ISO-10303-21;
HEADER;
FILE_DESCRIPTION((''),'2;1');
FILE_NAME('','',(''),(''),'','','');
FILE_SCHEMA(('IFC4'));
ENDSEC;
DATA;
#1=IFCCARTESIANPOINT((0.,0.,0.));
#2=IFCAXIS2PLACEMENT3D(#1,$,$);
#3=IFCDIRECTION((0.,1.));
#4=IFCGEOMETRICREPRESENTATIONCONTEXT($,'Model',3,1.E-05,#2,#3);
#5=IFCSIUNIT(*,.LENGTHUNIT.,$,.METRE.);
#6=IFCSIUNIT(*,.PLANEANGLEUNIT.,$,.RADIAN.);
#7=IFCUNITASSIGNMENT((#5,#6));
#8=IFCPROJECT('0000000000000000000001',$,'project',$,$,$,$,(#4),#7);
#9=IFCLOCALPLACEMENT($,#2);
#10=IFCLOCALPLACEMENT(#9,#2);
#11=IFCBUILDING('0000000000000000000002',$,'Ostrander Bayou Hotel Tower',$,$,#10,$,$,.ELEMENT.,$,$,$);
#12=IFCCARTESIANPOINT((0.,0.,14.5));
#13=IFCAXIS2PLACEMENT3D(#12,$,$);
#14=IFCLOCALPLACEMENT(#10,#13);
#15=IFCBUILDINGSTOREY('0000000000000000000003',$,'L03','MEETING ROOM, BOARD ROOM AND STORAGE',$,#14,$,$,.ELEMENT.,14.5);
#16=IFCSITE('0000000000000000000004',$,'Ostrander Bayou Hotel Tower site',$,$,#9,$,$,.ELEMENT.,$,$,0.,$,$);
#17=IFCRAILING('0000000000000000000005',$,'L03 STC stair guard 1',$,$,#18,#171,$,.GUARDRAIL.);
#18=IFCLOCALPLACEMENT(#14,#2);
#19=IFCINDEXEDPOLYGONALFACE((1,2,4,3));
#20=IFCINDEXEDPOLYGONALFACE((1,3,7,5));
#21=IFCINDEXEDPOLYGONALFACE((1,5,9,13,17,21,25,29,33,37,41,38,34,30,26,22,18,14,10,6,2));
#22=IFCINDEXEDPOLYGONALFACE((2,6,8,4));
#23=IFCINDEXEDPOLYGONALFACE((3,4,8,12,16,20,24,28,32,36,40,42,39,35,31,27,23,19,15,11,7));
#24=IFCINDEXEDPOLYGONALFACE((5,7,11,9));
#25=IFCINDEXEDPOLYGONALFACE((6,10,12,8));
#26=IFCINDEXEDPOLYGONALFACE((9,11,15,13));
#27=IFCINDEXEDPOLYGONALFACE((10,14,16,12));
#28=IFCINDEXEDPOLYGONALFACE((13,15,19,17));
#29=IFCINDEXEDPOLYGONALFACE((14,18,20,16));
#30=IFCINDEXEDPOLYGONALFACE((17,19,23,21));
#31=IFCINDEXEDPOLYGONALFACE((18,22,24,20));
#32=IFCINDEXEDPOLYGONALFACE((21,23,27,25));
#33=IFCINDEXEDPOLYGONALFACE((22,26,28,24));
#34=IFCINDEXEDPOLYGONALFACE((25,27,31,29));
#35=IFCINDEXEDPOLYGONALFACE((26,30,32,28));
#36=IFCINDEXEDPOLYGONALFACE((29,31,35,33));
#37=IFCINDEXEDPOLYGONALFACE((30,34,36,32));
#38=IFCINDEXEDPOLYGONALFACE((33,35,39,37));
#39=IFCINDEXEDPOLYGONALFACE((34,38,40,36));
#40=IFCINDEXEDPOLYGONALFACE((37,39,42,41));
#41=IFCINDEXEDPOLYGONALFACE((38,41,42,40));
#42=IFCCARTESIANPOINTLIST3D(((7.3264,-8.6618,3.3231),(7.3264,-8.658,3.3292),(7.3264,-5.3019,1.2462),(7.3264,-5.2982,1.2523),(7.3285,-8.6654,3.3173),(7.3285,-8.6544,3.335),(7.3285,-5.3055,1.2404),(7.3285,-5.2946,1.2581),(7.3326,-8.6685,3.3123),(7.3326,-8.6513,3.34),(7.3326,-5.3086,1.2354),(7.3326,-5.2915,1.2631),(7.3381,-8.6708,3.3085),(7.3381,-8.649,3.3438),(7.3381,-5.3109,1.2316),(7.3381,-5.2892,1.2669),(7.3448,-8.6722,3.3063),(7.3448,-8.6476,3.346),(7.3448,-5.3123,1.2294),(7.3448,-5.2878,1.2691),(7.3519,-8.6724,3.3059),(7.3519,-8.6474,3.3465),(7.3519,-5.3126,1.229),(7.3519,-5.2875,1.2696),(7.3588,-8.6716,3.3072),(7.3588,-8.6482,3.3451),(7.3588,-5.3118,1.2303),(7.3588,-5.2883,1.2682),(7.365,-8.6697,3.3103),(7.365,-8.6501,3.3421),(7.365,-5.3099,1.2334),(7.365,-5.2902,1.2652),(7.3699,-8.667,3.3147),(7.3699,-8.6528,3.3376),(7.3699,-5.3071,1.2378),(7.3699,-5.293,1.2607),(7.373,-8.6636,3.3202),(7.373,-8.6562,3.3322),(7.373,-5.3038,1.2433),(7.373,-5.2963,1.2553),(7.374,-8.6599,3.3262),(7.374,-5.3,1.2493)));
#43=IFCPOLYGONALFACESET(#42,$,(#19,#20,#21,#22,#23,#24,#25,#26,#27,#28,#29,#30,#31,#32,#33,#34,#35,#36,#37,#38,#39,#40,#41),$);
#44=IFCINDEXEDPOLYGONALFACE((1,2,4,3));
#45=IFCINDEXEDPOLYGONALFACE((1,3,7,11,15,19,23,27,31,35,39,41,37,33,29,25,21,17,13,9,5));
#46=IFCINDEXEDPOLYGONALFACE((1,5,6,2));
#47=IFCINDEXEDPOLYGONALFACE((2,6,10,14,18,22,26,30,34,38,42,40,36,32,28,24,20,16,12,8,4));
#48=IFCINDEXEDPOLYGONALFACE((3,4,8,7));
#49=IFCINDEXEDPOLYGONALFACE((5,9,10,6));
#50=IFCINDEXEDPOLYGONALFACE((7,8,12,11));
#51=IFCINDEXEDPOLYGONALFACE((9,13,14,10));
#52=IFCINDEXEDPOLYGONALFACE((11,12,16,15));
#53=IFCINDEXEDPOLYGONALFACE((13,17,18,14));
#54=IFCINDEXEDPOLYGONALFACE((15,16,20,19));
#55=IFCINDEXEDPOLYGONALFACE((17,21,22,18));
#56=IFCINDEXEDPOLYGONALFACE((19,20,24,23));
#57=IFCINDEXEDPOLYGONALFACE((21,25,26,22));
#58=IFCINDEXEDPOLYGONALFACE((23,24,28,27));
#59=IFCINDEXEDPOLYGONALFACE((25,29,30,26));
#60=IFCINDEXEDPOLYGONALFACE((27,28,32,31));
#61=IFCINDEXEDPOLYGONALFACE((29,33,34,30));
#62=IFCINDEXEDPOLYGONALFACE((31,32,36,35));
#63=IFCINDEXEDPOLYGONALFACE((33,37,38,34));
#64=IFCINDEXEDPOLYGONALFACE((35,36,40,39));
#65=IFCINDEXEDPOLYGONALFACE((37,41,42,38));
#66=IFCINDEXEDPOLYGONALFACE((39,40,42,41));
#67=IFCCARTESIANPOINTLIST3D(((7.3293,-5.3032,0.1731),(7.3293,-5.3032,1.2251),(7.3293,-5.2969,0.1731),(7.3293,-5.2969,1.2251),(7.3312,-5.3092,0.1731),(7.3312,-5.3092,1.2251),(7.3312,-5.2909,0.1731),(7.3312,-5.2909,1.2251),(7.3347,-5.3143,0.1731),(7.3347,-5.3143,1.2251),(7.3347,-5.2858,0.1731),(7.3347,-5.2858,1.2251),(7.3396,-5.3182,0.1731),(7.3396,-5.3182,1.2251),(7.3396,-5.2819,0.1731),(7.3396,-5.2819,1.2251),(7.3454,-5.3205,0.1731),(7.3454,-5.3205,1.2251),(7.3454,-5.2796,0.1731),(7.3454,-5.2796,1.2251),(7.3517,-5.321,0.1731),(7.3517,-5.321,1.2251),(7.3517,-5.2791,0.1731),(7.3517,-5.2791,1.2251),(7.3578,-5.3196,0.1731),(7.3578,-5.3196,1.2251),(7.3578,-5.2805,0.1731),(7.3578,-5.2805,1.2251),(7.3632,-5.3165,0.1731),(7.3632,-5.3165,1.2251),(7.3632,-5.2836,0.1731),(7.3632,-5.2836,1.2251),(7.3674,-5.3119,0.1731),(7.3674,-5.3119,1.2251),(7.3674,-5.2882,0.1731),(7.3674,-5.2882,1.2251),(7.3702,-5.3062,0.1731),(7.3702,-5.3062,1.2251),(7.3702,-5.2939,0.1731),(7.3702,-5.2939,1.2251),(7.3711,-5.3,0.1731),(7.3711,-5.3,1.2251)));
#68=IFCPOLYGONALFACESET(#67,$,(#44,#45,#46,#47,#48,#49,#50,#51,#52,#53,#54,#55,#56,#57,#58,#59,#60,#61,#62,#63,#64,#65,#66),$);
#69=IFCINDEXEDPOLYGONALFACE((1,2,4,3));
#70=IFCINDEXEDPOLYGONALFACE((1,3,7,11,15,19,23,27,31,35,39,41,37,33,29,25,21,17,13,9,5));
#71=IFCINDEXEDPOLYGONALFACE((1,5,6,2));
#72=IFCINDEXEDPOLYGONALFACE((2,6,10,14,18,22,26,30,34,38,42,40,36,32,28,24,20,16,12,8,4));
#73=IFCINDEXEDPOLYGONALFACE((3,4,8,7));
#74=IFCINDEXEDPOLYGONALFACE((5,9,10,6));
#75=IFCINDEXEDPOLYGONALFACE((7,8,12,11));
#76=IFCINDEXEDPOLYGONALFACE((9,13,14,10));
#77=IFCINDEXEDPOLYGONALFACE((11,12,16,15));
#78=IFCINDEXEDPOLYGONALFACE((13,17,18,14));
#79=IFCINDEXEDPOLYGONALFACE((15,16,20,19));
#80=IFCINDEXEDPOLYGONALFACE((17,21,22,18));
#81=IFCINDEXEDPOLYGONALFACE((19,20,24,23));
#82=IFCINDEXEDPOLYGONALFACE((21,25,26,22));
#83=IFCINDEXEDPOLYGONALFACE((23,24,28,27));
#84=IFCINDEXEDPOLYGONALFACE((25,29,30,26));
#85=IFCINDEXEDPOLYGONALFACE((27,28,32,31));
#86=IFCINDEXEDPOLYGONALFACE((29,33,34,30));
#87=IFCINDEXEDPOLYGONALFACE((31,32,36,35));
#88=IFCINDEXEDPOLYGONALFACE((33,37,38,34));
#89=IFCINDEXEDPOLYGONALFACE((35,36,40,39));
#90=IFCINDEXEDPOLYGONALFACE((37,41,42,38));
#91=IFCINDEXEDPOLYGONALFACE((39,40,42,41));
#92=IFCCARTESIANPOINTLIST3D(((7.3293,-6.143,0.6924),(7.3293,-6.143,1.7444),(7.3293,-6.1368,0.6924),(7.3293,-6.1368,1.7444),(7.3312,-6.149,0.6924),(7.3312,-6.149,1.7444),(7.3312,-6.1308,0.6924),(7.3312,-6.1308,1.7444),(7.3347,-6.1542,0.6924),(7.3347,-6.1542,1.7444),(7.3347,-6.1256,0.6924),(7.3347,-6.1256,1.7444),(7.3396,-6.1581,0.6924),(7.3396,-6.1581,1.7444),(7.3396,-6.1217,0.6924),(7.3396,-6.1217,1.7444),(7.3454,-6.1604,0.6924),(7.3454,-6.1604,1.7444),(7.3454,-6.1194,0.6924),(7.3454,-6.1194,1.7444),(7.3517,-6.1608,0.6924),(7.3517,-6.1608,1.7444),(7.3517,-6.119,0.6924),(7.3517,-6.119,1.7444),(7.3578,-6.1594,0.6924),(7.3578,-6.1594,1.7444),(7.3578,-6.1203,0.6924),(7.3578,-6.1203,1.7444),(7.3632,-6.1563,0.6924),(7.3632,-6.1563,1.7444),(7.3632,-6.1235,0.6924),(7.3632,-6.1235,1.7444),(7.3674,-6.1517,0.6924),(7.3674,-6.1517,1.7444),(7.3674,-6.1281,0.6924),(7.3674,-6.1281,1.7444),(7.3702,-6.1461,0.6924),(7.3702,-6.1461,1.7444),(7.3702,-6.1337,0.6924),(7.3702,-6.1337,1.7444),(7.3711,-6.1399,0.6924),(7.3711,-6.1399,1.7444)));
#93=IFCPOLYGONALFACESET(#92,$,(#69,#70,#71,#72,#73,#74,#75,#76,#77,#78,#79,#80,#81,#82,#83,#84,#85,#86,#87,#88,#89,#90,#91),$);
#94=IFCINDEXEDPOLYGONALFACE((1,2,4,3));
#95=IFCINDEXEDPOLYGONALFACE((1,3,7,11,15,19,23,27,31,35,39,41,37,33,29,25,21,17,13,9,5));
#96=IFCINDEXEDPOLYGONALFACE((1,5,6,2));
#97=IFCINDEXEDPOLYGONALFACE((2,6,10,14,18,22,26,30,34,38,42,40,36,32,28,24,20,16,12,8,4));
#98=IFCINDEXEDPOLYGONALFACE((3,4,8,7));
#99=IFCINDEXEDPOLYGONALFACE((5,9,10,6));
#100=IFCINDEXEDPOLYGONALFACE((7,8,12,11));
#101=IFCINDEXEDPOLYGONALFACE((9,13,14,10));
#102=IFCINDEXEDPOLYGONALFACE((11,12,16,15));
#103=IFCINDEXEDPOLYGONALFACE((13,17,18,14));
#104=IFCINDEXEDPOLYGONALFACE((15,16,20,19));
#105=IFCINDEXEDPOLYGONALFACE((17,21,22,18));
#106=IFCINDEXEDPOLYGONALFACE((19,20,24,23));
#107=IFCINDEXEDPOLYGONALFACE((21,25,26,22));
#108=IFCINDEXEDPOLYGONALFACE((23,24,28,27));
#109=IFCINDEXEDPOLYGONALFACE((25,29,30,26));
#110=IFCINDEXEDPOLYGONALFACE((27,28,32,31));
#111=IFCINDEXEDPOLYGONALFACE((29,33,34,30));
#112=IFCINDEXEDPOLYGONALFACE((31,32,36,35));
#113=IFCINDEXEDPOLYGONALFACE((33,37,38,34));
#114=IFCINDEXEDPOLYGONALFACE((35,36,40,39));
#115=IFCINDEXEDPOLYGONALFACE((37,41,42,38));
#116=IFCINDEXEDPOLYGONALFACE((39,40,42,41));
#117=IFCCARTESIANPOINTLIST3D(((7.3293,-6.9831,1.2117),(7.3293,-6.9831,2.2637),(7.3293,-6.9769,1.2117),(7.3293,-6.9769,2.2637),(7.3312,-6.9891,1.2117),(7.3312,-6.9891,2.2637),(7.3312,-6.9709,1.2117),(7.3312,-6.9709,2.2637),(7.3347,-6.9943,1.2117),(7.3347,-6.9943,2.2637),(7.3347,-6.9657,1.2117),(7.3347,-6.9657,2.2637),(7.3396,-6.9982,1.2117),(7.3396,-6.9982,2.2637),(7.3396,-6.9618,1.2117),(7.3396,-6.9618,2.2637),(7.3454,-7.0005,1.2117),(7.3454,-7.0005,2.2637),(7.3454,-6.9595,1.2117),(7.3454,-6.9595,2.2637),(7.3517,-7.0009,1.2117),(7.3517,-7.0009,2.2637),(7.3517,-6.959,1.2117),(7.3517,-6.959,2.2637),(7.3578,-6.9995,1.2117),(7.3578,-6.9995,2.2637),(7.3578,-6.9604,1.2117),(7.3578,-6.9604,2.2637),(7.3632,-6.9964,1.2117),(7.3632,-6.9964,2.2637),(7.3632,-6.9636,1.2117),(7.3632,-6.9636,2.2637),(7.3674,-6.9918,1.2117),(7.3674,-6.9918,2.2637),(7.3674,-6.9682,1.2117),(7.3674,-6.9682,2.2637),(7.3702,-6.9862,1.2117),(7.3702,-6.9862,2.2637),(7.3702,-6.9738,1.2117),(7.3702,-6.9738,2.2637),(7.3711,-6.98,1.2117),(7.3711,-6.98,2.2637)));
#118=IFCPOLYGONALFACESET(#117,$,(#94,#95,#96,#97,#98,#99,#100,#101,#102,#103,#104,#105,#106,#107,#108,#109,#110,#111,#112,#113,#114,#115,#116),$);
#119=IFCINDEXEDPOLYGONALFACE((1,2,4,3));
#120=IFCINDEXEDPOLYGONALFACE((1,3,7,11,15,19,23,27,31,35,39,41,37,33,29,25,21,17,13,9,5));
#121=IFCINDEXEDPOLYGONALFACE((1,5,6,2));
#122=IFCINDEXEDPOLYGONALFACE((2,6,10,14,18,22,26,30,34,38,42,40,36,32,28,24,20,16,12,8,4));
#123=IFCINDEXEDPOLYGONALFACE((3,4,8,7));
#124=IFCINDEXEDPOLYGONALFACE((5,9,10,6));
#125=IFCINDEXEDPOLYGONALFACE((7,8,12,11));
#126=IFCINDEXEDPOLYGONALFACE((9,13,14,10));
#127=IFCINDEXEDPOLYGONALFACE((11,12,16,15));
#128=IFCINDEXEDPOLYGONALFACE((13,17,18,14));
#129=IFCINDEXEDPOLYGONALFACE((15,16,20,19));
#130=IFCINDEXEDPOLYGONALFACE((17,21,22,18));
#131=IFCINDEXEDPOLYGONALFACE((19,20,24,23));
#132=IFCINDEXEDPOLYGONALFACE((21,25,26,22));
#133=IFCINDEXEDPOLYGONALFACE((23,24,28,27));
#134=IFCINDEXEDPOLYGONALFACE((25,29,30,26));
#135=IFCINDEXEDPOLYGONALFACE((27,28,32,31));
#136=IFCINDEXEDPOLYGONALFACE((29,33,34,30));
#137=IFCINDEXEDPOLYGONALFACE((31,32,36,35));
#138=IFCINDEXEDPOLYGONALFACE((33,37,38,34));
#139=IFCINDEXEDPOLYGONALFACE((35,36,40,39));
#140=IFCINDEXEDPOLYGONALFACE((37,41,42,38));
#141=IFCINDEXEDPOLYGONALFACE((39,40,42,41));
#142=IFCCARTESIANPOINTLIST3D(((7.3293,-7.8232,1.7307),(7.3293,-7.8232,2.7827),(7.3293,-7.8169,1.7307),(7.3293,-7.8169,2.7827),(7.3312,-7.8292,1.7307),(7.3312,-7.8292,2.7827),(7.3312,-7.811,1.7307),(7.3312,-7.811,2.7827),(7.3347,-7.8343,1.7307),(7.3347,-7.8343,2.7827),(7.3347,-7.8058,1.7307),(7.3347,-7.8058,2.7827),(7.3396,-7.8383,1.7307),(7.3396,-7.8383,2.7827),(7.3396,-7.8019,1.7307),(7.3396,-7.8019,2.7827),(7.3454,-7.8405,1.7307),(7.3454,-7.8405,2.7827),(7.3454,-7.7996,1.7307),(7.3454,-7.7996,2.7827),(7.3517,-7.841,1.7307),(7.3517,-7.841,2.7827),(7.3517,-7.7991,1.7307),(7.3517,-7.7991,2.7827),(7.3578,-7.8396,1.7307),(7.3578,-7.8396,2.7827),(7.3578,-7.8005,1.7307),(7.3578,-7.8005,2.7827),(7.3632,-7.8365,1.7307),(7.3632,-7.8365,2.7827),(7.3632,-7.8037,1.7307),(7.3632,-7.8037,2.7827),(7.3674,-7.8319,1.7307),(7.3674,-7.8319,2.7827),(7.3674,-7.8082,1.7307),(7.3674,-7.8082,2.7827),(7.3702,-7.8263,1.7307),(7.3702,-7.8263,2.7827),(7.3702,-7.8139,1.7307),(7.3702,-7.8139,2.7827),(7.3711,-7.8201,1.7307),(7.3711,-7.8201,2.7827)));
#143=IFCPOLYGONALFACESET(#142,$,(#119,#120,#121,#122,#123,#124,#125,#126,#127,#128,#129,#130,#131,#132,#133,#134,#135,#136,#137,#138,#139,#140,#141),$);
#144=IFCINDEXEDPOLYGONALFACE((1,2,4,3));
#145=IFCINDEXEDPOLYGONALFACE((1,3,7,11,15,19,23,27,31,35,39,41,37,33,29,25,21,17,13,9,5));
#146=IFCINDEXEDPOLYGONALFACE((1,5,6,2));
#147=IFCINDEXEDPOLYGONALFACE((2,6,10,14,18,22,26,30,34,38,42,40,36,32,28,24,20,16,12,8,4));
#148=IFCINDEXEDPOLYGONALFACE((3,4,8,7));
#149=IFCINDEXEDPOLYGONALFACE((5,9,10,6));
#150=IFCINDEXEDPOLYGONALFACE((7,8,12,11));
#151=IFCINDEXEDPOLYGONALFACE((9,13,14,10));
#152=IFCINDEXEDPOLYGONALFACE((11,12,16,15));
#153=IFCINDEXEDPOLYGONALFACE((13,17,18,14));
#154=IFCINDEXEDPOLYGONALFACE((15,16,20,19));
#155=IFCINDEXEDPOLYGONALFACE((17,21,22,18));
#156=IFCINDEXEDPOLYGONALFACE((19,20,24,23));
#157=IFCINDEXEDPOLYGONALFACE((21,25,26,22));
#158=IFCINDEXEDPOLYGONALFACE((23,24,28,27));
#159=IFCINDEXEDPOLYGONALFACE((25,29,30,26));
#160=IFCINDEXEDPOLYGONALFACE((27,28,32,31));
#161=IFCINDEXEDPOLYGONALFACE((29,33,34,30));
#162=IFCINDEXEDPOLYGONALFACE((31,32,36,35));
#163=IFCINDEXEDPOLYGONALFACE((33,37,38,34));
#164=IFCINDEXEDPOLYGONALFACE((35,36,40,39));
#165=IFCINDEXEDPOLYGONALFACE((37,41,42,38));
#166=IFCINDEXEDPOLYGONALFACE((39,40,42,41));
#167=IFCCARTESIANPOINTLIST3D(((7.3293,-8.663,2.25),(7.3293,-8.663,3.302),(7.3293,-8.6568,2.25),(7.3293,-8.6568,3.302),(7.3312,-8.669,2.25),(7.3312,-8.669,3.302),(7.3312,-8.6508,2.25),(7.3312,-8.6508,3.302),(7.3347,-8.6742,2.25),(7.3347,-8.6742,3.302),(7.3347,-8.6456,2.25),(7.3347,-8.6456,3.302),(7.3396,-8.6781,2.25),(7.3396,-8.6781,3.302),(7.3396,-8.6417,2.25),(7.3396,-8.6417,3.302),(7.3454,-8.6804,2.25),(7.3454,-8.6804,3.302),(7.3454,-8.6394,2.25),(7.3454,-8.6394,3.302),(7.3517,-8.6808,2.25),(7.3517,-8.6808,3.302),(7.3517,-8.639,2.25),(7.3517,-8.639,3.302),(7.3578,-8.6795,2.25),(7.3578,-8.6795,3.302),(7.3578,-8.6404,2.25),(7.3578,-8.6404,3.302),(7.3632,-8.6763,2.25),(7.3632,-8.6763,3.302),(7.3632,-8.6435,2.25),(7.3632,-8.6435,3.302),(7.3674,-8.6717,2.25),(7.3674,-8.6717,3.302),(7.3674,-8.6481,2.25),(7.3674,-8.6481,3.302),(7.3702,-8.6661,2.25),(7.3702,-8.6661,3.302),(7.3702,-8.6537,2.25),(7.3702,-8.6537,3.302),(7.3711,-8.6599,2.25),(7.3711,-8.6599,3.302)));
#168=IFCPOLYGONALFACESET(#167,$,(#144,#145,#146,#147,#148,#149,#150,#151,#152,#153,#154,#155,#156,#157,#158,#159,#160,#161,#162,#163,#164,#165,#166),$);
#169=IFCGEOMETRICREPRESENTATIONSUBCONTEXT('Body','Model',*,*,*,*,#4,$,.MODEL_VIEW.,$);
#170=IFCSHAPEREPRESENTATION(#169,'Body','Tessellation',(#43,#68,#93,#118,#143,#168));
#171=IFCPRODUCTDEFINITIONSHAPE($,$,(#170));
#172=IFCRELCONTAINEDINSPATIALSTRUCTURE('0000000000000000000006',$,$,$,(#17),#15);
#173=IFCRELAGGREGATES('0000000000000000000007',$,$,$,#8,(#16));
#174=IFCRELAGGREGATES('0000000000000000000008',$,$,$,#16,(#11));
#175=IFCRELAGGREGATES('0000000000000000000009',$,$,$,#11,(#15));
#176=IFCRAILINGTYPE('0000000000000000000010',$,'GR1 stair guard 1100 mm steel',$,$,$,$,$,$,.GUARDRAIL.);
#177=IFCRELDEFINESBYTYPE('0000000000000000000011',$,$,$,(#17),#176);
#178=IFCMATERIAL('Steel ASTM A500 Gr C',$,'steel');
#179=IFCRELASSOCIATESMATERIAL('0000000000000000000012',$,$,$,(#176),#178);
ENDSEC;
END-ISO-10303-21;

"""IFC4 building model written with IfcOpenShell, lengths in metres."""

from ifc_helpers import new_model, si_unit, direction, frame, origin, origin_2d, place, context, subcontext, project, spatial, circle, extrude, material, type_object, element, save


model = new_model("IFC4")

# Units and contexts
model_context = context("Model", 3, precision=1e-05, world=origin(), true_north=direction((0.0, 1.0)))
body_context = subcontext(model_context, "Body", "Model", "MODEL_VIEW")
ifc_project = project(units=[si_unit("LENGTHUNIT", "METRE"), si_unit("PLANEANGLEUNIT", "RADIAN")], contexts=[model_context])

# Site, building, storey
site_placement = place(None, origin())
site = spatial("IfcSite", under=ifc_project, at=site_placement, Name="Ostrander Bayou Hotel Tower site", CompositionType="ELEMENT", RefElevation=0.0)
building_placement = place(site_placement, origin())
building = spatial("IfcBuilding", under=site, at=building_placement, Name="Ostrander Bayou Hotel Tower", CompositionType="ELEMENT")
storey_placement = place(building_placement, frame((0.0, 0.0, 14.5)))
storey = spatial("IfcBuildingStorey", under=building, at=storey_placement, Name="L03", Description="MEETING ROOM, BOARD ROOM AND STORAGE", CompositionType="ELEMENT", Elevation=14.5)

# Railing
ifc_material_1 = material(Name="Steel ASTM A500 Gr C", Category="steel")
railing_type_1 = type_object("IfcRailingType", Name="GR1 stair guard 1100 mm steel", PredefinedType="GUARDRAIL", material=ifc_material_1)
railing_1_placement = place(storey_placement, frame((7.3501, -5.3, 0.1731)))
element("IfcRailing", 1, at=railing_1_placement, inside=storey, type_object=railing_type_1, Name="L03 STC stair guard 1", PredefinedType="GUARDRAIL", context=body_context, shape_type="SweptSolid", body=[
    extrude(circle(Radius=0.0239, at=origin_2d()), frame((0.0, 0.0, 1.0762), z_axis=(0.0, -0.850606, 0.525803), x_axis=(1.0, 0.0, 0.0)), (0.0, 0.0, 1.0), 3.95),
    extrude(circle(Radius=0.021, at=origin_2d()), origin(), (0.0, 0.0, 1.0), 1.052),
    extrude(circle(Radius=0.021, at=origin_2d()), frame((0.0, -0.8398, 0.5193)), (0.0, 0.0, 1.0), 1.052),
    extrude(circle(Radius=0.021, at=origin_2d()), frame((0.0, -1.6799, 1.0386)), (0.0, 0.0, 1.0), 1.052),
    extrude(circle(Radius=0.021, at=origin_2d()), frame((0.0, -2.52, 1.5576)), (0.0, 0.0, 1.0), 1.052),
    extrude(circle(Radius=0.021, at=origin_2d()), frame((0.0, -3.3599, 2.0769)), (0.0, 0.0, 1.0), 1.052),
])

save(model, "model.ifc")
